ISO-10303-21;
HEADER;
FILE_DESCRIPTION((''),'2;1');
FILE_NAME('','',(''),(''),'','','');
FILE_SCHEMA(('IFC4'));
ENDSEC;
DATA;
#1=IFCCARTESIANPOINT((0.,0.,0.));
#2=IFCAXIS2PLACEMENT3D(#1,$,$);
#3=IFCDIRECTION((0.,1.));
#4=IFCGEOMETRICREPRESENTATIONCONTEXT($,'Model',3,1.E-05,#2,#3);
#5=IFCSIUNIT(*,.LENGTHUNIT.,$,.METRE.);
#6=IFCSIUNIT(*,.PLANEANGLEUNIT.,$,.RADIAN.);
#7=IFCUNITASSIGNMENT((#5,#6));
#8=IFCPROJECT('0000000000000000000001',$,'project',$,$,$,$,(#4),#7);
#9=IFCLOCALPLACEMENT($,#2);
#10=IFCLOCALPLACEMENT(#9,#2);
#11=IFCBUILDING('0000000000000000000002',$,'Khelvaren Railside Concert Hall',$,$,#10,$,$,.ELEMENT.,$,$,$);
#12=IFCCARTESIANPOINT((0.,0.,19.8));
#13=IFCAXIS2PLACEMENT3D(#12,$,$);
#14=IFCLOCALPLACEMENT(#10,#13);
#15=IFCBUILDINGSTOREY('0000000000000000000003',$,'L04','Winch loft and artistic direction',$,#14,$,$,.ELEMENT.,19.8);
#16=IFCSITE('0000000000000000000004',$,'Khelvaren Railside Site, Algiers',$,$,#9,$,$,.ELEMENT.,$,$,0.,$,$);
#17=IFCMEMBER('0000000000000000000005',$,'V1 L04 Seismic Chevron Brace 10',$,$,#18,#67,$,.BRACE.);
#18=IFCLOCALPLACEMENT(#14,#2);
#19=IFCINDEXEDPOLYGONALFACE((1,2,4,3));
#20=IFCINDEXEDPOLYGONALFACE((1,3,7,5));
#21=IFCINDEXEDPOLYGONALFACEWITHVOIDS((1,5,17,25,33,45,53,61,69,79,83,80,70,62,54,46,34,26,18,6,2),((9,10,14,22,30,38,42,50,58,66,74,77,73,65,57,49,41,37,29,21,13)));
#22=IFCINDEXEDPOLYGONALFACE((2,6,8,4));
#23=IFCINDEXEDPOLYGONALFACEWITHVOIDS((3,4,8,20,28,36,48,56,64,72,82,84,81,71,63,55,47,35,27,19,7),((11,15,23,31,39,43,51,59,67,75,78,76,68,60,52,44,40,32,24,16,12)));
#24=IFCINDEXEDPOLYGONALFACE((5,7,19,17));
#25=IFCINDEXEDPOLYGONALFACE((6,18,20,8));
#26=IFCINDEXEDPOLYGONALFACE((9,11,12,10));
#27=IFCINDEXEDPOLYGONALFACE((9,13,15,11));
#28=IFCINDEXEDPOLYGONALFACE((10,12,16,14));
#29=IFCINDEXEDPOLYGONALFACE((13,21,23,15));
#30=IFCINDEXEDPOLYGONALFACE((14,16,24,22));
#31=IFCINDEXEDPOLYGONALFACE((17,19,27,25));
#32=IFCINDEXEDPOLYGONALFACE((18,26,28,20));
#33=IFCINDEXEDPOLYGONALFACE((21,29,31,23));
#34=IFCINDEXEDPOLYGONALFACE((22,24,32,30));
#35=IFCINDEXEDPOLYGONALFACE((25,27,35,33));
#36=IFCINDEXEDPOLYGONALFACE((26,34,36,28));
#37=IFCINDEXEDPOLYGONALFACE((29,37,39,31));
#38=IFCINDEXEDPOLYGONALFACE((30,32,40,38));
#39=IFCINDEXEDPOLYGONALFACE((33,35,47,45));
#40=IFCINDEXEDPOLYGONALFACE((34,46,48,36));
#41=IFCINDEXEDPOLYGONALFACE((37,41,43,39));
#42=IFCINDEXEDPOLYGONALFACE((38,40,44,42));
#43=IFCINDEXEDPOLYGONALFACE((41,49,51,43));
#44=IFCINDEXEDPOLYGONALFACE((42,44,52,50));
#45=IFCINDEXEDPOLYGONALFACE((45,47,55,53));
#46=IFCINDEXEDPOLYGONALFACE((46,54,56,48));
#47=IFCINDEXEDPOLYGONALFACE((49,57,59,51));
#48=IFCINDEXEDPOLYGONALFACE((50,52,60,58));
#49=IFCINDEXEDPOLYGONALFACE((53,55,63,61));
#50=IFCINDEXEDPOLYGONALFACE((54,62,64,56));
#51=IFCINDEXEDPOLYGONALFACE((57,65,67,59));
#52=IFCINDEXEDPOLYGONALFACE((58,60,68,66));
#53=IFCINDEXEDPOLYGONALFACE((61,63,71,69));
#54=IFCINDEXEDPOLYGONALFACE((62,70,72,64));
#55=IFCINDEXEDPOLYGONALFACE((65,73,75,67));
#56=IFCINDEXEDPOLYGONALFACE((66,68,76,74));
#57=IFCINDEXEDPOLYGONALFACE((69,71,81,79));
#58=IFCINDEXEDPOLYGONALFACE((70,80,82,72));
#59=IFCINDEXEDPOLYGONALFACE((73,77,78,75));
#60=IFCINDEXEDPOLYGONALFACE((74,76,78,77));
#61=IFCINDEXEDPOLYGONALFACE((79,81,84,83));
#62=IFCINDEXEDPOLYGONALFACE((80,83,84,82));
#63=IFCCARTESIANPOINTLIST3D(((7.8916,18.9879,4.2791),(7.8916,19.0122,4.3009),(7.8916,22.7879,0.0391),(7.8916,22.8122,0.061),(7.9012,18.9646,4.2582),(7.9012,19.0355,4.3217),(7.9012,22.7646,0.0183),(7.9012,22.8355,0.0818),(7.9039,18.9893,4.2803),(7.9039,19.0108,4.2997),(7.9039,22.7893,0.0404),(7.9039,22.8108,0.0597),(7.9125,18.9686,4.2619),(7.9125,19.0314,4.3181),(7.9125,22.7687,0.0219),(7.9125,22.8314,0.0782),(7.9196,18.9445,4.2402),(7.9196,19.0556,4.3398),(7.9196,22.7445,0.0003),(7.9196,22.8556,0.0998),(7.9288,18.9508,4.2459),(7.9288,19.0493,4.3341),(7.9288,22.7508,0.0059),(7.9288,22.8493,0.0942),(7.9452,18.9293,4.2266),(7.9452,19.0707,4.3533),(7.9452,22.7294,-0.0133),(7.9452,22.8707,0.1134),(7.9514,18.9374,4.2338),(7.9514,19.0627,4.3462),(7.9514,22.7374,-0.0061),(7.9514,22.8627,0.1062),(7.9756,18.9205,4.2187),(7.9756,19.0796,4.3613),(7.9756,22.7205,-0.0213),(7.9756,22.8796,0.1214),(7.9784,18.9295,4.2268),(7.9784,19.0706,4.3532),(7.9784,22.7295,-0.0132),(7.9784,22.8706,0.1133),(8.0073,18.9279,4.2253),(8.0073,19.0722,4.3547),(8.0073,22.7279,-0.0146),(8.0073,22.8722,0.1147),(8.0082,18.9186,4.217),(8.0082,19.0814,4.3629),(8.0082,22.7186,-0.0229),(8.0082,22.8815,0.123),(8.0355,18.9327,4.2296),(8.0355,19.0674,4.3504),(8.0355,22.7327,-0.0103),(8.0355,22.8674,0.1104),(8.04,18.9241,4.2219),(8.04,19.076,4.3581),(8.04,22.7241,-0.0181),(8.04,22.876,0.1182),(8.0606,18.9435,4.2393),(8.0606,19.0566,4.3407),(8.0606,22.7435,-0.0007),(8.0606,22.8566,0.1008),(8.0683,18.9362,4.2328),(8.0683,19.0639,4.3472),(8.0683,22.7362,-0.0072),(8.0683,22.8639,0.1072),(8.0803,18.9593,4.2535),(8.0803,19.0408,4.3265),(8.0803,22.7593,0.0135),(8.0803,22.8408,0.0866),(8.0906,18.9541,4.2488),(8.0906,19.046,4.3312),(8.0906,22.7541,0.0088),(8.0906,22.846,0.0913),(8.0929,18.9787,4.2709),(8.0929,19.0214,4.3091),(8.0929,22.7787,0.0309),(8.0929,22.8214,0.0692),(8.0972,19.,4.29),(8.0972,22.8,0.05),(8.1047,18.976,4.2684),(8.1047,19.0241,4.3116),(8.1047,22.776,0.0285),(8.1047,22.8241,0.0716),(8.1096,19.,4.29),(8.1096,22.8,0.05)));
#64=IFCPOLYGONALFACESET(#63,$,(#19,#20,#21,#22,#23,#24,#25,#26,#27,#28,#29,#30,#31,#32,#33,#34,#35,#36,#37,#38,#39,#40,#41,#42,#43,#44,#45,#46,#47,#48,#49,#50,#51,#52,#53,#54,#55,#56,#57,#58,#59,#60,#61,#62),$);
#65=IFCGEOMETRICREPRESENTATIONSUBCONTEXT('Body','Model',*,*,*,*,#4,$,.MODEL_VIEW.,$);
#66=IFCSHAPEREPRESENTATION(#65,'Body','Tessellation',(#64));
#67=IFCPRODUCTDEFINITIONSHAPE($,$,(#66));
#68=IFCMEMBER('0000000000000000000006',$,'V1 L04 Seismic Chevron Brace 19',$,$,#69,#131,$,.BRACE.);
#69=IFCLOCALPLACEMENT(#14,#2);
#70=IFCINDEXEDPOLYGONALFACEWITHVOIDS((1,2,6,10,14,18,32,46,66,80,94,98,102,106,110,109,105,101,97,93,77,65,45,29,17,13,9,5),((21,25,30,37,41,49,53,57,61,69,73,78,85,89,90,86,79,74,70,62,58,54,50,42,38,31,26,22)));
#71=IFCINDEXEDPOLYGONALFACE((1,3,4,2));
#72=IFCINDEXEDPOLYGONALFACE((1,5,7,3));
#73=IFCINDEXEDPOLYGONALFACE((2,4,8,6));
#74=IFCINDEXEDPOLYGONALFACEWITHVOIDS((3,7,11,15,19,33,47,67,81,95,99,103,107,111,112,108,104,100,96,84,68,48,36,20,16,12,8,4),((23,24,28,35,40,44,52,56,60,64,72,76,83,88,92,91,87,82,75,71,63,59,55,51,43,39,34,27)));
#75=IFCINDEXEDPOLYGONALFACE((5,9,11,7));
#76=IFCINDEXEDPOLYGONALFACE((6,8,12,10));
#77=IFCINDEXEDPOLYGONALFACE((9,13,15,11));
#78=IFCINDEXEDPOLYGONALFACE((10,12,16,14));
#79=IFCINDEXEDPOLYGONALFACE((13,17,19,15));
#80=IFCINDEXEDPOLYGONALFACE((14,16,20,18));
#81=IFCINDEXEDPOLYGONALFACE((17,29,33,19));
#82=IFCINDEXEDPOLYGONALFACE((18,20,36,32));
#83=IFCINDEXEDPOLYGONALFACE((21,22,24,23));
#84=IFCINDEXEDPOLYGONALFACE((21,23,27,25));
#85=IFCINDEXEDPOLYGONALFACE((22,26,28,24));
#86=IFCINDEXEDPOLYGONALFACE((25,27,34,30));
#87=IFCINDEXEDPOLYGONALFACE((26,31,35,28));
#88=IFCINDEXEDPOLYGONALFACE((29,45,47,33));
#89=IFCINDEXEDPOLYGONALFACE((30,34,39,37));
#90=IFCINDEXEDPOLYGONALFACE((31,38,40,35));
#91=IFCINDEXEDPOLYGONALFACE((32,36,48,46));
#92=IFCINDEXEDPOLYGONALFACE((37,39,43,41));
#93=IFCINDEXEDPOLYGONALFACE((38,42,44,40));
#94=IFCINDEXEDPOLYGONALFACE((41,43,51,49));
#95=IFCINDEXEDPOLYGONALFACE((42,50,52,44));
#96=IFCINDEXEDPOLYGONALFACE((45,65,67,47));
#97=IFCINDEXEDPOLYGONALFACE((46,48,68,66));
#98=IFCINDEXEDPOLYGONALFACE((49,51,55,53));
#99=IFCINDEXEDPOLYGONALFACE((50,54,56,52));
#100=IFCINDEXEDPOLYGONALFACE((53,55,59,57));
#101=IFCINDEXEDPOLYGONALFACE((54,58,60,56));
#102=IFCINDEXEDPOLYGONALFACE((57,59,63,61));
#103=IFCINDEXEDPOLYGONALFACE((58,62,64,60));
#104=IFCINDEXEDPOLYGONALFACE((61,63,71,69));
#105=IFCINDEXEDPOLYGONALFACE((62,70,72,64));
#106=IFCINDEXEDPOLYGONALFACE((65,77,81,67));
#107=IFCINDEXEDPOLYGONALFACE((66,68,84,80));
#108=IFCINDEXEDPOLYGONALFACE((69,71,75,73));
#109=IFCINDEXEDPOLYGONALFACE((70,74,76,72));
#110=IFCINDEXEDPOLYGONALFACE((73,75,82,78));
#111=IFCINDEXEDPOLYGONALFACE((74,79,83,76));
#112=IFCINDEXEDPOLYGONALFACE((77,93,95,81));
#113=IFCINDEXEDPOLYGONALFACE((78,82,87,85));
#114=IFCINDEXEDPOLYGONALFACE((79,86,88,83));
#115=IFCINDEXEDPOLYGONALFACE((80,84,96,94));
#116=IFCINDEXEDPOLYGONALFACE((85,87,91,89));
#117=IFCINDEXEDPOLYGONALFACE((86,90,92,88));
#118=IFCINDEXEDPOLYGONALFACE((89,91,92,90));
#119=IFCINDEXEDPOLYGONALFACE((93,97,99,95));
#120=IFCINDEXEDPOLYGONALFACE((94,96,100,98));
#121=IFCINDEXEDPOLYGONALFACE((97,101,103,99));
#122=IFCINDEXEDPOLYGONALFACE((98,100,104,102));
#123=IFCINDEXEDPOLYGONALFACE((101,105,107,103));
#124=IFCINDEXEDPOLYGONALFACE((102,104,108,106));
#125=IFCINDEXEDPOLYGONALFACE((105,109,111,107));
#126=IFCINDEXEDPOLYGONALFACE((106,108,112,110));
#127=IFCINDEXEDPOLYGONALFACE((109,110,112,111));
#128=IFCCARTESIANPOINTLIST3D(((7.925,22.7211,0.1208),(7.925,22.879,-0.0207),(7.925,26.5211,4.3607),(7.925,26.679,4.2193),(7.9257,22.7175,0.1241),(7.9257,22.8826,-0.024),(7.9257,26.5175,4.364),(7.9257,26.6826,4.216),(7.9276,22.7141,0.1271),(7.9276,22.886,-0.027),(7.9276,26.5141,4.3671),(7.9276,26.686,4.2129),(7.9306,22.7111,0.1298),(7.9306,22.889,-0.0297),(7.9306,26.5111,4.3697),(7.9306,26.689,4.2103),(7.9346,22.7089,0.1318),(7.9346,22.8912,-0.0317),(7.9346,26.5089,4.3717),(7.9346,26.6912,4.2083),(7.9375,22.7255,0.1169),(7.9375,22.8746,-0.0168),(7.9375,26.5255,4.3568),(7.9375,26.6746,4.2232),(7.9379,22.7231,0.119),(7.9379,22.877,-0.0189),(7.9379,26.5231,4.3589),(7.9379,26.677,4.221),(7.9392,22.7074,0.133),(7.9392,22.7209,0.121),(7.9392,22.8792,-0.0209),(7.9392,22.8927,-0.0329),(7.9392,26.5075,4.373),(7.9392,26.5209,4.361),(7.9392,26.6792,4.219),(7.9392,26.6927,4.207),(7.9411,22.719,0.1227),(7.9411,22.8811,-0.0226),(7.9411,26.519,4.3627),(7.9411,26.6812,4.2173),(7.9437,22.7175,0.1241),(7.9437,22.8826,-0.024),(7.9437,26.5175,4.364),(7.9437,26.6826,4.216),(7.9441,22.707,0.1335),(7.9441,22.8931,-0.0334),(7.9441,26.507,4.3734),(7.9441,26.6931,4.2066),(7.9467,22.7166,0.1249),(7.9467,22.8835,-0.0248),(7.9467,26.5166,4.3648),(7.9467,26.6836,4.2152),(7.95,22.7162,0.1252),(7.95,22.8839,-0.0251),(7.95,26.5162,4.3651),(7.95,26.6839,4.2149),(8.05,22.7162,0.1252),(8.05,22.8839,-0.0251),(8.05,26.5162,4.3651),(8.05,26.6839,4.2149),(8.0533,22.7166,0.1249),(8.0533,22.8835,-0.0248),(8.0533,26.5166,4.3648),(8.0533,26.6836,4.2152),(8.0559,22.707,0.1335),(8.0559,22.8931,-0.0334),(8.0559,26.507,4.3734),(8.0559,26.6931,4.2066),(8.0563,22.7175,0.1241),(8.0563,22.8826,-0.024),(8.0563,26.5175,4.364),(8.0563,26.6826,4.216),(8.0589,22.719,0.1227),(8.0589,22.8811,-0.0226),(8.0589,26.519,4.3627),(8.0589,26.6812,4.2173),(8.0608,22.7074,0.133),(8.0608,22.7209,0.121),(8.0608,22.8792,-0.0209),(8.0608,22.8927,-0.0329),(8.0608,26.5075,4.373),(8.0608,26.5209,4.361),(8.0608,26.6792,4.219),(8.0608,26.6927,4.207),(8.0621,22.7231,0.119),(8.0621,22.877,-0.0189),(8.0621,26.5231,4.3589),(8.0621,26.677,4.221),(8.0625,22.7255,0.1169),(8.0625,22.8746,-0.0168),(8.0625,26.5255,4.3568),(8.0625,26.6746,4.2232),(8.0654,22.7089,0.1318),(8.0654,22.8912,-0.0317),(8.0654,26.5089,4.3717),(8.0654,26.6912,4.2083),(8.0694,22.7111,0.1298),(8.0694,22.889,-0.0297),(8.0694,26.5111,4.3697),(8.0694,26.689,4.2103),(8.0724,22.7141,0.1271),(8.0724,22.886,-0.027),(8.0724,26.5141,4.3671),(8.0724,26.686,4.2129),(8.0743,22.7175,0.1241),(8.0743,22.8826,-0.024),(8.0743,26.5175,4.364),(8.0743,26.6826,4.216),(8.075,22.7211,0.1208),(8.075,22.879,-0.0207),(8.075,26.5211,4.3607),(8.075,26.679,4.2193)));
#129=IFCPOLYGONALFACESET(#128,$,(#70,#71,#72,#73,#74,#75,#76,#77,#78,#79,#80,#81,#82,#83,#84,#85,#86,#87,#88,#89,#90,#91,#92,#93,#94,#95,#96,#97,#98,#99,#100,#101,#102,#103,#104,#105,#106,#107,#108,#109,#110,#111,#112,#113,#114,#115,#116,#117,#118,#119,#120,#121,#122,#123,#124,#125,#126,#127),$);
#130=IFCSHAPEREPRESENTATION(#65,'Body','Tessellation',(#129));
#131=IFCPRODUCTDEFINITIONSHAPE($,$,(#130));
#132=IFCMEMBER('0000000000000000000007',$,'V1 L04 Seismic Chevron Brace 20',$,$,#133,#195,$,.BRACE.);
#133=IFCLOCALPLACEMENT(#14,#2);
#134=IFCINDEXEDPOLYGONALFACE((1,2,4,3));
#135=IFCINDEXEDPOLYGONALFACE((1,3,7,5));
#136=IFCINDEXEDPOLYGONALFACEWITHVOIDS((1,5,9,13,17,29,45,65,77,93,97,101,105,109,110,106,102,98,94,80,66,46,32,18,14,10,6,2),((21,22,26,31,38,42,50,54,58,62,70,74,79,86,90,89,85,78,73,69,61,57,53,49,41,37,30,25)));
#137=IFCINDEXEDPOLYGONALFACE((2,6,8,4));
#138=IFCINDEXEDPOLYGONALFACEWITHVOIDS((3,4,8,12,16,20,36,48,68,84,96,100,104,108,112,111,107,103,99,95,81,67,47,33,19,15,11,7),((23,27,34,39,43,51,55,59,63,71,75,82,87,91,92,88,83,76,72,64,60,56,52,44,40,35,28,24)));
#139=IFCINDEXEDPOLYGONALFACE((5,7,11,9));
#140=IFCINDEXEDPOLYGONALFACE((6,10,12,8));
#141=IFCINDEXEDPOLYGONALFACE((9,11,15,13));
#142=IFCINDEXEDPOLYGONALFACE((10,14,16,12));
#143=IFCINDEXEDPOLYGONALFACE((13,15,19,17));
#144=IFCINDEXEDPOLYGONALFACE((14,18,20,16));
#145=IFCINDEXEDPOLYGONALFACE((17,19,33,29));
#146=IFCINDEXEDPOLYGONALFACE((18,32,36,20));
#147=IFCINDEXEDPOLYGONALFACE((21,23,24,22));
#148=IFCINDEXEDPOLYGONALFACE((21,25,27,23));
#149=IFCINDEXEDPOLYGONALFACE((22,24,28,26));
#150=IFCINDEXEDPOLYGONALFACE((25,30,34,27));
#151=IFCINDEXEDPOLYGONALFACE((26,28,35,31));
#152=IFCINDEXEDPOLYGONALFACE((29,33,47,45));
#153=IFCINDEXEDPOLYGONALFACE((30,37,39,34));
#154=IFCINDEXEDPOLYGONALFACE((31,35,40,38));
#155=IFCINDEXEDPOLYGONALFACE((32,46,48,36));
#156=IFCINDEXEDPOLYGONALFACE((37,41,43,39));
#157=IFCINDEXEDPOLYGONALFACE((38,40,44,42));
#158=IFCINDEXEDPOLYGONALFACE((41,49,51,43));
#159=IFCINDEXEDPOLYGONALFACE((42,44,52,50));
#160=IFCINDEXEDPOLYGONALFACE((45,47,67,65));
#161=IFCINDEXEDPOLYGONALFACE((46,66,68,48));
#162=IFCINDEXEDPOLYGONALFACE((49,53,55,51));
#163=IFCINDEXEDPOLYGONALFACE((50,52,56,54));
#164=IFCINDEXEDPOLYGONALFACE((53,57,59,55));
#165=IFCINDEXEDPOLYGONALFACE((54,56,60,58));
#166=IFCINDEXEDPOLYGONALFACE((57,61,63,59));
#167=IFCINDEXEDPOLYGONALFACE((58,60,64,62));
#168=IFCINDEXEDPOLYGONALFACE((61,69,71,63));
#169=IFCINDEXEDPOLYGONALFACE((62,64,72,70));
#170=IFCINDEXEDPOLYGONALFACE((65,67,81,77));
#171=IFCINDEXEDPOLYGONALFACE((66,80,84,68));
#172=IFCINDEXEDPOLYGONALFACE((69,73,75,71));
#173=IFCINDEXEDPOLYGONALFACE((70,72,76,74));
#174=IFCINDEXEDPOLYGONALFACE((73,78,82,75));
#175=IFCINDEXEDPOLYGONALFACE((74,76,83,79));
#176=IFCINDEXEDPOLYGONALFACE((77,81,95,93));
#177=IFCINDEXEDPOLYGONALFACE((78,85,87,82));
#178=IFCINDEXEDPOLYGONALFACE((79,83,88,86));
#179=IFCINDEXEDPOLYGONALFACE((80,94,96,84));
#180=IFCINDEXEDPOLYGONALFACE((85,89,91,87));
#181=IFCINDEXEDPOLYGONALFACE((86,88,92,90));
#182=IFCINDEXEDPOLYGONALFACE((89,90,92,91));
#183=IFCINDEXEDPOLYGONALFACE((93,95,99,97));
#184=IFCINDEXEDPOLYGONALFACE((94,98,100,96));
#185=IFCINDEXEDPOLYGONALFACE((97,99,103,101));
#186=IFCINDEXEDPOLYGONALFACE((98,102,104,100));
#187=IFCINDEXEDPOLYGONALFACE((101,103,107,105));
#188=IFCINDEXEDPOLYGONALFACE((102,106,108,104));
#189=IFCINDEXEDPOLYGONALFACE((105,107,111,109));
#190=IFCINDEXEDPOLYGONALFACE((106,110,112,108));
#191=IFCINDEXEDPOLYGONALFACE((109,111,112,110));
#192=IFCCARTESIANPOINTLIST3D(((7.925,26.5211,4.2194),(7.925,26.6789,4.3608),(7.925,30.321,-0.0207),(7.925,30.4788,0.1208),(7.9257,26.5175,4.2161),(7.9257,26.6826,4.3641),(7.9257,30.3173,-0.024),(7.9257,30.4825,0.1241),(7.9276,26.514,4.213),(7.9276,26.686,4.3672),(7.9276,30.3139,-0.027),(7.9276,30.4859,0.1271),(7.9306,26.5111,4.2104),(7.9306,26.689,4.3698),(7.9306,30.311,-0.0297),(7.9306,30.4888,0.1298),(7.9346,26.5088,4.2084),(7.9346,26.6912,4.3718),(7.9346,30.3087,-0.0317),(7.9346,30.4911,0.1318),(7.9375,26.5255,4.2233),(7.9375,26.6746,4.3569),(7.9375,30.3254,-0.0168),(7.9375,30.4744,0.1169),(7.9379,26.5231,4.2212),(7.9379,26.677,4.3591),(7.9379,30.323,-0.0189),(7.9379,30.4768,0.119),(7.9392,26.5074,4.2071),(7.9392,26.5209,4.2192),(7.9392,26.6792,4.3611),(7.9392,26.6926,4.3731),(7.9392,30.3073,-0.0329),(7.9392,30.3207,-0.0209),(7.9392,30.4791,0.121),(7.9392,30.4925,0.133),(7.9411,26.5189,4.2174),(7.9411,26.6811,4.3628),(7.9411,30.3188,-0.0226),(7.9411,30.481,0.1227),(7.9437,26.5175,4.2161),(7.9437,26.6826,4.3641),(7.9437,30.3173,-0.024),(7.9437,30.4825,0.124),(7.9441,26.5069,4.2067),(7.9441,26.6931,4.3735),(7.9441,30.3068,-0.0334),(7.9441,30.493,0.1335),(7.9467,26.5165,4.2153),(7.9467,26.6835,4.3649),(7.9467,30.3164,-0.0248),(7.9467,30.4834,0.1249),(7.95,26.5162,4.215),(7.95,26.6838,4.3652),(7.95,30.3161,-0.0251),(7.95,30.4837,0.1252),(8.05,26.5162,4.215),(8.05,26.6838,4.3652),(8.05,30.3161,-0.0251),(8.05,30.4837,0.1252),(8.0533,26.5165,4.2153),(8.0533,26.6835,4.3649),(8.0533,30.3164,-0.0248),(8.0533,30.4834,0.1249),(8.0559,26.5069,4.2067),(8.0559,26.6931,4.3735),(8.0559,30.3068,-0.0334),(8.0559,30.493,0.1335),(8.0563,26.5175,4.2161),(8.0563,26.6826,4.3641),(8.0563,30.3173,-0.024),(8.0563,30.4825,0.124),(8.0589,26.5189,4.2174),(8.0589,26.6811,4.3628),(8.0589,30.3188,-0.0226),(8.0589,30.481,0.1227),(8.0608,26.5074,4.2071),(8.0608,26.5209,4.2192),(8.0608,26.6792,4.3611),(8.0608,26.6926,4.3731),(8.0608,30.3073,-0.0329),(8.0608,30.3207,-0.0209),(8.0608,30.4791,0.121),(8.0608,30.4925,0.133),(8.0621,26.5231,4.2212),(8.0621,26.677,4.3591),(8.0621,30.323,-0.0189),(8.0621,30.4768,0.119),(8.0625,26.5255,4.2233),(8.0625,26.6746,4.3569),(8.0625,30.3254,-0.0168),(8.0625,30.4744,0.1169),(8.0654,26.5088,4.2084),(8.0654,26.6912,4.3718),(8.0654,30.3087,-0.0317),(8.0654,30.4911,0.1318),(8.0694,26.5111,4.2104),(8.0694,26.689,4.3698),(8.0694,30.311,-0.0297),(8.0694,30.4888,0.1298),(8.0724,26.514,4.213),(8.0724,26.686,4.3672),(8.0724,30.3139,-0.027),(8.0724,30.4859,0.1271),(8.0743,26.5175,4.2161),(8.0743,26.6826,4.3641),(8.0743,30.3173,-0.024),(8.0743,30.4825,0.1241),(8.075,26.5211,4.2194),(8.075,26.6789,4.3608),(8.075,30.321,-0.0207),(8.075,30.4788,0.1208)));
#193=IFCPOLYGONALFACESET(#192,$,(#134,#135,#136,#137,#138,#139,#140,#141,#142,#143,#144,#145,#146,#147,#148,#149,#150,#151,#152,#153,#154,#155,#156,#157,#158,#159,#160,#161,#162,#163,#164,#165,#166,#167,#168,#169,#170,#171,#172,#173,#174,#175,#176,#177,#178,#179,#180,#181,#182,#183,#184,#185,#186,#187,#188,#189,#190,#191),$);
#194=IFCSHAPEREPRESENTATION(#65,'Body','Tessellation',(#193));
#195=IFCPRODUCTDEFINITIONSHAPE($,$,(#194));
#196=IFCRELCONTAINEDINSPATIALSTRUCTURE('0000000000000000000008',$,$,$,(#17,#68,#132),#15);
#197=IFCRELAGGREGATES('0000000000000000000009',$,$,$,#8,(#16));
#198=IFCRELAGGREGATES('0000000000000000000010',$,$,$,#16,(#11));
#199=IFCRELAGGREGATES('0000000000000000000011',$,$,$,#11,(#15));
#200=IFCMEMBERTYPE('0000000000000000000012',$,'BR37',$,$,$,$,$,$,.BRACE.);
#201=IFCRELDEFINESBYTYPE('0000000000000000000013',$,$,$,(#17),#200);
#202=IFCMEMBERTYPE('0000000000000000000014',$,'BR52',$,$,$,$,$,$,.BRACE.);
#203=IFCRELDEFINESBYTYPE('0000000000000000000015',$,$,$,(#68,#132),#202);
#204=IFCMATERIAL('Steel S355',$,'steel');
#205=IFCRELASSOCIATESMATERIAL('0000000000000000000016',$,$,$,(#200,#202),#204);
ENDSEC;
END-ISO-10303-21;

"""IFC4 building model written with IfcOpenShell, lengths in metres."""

from ifc_helpers import new_model, si_unit, direction, frame, origin, origin_2d, place, context, subcontext, project, spatial, hollow_rectangle, hollow_circle, extrude, material, material_profile, profile_set, type_object, element, save


model = new_model("IFC4")

# Units and contexts
model_context = context("Model", 3, precision=1e-05, world=origin(), true_north=direction((0.0, 1.0)))
body_context = subcontext(model_context, "Body", "Model", "MODEL_VIEW")
ifc_project = project(units=[si_unit("LENGTHUNIT", "METRE"), si_unit("PLANEANGLEUNIT", "RADIAN")], contexts=[model_context])

# Site, building, storey
site_placement = place(None, origin())
site = spatial("IfcSite", under=ifc_project, at=site_placement, Name="Khelvaren Railside Site, Algiers", CompositionType="ELEMENT", RefElevation=0.0)
building_placement = place(site_placement, origin())
building = spatial("IfcBuilding", under=site, at=building_placement, Name="Khelvaren Railside Concert Hall", CompositionType="ELEMENT")
storey_placement = place(building_placement, frame((0.0, 0.0, 19.8)))
storey = spatial("IfcBuildingStorey", under=building, at=storey_placement, Name="L04", Description="Winch loft and artistic direction", CompositionType="ELEMENT", Elevation=19.8)

# Shared definitions
ifc_material_1 = material(Name="Steel S355", Category="steel")

# Members
ifc_material_profile_1 = material_profile(ifc_material_1, hollow_circle(Radius=0.1096, WallThickness=0.0125, at=origin_2d()), Name="CHS 219.1x12.5")
ifc_profile_set_1 = profile_set([ifc_material_profile_1], Name="Steel S355")
member_type_1 = type_object("IfcMemberType", Name="BR37", PredefinedType="BRACE", material=ifc_profile_set_1)
member_1_placement = place(storey_placement, frame((8.0, 22.8, 0.05), z_axis=(0.0, -0.667416, 0.744685), x_axis=(1.0, 0.0, 0.0)))
element("IfcMember", 1, at=member_1_placement, inside=storey, type_object=member_type_1, Name="V1 L04 Seismic Chevron Brace 10", PredefinedType="BRACE", context=body_context, shape_type="SweptSolid", body=[
    extrude(hollow_circle(Radius=0.1096, WallThickness=0.0125, at=origin_2d()), origin(), (0.0, 0.0, 1.0), 5.6936),
])
ifc_material_profile_2 = material_profile(ifc_material_1, hollow_rectangle(XDim=0.1499, YDim=0.25, WallThickness=0.0125, InnerFilletRadius=0.0125, OuterFilletRadius=0.019, at=origin_2d()), Name="RHS 250x150x12.5")
ifc_profile_set_2 = profile_set([ifc_material_profile_2], Name="Steel S355")
member_type_2 = type_object("IfcMemberType", Name="BR52", PredefinedType="BRACE", material=ifc_profile_set_2)
for number, where, z_axis, x_axis, name in (
    (2, (8.0, 22.8, 0.05), (0.0, 0.667416, 0.744685), (-1.0, 0.0, 0.0), "V1 L04 Seismic Chevron Brace 19"),
    (3, (8.0, 30.3999, 0.05), (0.0, -0.667393, 0.744706), (1.0, 0.0, 0.0), "V1 L04 Seismic Chevron Brace 20"),
):
    element("IfcMember", number, at=place(storey_placement, frame(where, z_axis=z_axis, x_axis=x_axis)), inside=storey, type_object=member_type_2, Name=name, PredefinedType="BRACE", context=body_context, shape_type="SweptSolid", body=[
        extrude(hollow_rectangle(XDim=0.1499, YDim=0.25, WallThickness=0.0125, InnerFilletRadius=0.0125, OuterFilletRadius=0.019, at=origin_2d()), origin(), (0.0, 0.0, 1.0), 5.6936),
    ])

save(model, "model.ifc")
